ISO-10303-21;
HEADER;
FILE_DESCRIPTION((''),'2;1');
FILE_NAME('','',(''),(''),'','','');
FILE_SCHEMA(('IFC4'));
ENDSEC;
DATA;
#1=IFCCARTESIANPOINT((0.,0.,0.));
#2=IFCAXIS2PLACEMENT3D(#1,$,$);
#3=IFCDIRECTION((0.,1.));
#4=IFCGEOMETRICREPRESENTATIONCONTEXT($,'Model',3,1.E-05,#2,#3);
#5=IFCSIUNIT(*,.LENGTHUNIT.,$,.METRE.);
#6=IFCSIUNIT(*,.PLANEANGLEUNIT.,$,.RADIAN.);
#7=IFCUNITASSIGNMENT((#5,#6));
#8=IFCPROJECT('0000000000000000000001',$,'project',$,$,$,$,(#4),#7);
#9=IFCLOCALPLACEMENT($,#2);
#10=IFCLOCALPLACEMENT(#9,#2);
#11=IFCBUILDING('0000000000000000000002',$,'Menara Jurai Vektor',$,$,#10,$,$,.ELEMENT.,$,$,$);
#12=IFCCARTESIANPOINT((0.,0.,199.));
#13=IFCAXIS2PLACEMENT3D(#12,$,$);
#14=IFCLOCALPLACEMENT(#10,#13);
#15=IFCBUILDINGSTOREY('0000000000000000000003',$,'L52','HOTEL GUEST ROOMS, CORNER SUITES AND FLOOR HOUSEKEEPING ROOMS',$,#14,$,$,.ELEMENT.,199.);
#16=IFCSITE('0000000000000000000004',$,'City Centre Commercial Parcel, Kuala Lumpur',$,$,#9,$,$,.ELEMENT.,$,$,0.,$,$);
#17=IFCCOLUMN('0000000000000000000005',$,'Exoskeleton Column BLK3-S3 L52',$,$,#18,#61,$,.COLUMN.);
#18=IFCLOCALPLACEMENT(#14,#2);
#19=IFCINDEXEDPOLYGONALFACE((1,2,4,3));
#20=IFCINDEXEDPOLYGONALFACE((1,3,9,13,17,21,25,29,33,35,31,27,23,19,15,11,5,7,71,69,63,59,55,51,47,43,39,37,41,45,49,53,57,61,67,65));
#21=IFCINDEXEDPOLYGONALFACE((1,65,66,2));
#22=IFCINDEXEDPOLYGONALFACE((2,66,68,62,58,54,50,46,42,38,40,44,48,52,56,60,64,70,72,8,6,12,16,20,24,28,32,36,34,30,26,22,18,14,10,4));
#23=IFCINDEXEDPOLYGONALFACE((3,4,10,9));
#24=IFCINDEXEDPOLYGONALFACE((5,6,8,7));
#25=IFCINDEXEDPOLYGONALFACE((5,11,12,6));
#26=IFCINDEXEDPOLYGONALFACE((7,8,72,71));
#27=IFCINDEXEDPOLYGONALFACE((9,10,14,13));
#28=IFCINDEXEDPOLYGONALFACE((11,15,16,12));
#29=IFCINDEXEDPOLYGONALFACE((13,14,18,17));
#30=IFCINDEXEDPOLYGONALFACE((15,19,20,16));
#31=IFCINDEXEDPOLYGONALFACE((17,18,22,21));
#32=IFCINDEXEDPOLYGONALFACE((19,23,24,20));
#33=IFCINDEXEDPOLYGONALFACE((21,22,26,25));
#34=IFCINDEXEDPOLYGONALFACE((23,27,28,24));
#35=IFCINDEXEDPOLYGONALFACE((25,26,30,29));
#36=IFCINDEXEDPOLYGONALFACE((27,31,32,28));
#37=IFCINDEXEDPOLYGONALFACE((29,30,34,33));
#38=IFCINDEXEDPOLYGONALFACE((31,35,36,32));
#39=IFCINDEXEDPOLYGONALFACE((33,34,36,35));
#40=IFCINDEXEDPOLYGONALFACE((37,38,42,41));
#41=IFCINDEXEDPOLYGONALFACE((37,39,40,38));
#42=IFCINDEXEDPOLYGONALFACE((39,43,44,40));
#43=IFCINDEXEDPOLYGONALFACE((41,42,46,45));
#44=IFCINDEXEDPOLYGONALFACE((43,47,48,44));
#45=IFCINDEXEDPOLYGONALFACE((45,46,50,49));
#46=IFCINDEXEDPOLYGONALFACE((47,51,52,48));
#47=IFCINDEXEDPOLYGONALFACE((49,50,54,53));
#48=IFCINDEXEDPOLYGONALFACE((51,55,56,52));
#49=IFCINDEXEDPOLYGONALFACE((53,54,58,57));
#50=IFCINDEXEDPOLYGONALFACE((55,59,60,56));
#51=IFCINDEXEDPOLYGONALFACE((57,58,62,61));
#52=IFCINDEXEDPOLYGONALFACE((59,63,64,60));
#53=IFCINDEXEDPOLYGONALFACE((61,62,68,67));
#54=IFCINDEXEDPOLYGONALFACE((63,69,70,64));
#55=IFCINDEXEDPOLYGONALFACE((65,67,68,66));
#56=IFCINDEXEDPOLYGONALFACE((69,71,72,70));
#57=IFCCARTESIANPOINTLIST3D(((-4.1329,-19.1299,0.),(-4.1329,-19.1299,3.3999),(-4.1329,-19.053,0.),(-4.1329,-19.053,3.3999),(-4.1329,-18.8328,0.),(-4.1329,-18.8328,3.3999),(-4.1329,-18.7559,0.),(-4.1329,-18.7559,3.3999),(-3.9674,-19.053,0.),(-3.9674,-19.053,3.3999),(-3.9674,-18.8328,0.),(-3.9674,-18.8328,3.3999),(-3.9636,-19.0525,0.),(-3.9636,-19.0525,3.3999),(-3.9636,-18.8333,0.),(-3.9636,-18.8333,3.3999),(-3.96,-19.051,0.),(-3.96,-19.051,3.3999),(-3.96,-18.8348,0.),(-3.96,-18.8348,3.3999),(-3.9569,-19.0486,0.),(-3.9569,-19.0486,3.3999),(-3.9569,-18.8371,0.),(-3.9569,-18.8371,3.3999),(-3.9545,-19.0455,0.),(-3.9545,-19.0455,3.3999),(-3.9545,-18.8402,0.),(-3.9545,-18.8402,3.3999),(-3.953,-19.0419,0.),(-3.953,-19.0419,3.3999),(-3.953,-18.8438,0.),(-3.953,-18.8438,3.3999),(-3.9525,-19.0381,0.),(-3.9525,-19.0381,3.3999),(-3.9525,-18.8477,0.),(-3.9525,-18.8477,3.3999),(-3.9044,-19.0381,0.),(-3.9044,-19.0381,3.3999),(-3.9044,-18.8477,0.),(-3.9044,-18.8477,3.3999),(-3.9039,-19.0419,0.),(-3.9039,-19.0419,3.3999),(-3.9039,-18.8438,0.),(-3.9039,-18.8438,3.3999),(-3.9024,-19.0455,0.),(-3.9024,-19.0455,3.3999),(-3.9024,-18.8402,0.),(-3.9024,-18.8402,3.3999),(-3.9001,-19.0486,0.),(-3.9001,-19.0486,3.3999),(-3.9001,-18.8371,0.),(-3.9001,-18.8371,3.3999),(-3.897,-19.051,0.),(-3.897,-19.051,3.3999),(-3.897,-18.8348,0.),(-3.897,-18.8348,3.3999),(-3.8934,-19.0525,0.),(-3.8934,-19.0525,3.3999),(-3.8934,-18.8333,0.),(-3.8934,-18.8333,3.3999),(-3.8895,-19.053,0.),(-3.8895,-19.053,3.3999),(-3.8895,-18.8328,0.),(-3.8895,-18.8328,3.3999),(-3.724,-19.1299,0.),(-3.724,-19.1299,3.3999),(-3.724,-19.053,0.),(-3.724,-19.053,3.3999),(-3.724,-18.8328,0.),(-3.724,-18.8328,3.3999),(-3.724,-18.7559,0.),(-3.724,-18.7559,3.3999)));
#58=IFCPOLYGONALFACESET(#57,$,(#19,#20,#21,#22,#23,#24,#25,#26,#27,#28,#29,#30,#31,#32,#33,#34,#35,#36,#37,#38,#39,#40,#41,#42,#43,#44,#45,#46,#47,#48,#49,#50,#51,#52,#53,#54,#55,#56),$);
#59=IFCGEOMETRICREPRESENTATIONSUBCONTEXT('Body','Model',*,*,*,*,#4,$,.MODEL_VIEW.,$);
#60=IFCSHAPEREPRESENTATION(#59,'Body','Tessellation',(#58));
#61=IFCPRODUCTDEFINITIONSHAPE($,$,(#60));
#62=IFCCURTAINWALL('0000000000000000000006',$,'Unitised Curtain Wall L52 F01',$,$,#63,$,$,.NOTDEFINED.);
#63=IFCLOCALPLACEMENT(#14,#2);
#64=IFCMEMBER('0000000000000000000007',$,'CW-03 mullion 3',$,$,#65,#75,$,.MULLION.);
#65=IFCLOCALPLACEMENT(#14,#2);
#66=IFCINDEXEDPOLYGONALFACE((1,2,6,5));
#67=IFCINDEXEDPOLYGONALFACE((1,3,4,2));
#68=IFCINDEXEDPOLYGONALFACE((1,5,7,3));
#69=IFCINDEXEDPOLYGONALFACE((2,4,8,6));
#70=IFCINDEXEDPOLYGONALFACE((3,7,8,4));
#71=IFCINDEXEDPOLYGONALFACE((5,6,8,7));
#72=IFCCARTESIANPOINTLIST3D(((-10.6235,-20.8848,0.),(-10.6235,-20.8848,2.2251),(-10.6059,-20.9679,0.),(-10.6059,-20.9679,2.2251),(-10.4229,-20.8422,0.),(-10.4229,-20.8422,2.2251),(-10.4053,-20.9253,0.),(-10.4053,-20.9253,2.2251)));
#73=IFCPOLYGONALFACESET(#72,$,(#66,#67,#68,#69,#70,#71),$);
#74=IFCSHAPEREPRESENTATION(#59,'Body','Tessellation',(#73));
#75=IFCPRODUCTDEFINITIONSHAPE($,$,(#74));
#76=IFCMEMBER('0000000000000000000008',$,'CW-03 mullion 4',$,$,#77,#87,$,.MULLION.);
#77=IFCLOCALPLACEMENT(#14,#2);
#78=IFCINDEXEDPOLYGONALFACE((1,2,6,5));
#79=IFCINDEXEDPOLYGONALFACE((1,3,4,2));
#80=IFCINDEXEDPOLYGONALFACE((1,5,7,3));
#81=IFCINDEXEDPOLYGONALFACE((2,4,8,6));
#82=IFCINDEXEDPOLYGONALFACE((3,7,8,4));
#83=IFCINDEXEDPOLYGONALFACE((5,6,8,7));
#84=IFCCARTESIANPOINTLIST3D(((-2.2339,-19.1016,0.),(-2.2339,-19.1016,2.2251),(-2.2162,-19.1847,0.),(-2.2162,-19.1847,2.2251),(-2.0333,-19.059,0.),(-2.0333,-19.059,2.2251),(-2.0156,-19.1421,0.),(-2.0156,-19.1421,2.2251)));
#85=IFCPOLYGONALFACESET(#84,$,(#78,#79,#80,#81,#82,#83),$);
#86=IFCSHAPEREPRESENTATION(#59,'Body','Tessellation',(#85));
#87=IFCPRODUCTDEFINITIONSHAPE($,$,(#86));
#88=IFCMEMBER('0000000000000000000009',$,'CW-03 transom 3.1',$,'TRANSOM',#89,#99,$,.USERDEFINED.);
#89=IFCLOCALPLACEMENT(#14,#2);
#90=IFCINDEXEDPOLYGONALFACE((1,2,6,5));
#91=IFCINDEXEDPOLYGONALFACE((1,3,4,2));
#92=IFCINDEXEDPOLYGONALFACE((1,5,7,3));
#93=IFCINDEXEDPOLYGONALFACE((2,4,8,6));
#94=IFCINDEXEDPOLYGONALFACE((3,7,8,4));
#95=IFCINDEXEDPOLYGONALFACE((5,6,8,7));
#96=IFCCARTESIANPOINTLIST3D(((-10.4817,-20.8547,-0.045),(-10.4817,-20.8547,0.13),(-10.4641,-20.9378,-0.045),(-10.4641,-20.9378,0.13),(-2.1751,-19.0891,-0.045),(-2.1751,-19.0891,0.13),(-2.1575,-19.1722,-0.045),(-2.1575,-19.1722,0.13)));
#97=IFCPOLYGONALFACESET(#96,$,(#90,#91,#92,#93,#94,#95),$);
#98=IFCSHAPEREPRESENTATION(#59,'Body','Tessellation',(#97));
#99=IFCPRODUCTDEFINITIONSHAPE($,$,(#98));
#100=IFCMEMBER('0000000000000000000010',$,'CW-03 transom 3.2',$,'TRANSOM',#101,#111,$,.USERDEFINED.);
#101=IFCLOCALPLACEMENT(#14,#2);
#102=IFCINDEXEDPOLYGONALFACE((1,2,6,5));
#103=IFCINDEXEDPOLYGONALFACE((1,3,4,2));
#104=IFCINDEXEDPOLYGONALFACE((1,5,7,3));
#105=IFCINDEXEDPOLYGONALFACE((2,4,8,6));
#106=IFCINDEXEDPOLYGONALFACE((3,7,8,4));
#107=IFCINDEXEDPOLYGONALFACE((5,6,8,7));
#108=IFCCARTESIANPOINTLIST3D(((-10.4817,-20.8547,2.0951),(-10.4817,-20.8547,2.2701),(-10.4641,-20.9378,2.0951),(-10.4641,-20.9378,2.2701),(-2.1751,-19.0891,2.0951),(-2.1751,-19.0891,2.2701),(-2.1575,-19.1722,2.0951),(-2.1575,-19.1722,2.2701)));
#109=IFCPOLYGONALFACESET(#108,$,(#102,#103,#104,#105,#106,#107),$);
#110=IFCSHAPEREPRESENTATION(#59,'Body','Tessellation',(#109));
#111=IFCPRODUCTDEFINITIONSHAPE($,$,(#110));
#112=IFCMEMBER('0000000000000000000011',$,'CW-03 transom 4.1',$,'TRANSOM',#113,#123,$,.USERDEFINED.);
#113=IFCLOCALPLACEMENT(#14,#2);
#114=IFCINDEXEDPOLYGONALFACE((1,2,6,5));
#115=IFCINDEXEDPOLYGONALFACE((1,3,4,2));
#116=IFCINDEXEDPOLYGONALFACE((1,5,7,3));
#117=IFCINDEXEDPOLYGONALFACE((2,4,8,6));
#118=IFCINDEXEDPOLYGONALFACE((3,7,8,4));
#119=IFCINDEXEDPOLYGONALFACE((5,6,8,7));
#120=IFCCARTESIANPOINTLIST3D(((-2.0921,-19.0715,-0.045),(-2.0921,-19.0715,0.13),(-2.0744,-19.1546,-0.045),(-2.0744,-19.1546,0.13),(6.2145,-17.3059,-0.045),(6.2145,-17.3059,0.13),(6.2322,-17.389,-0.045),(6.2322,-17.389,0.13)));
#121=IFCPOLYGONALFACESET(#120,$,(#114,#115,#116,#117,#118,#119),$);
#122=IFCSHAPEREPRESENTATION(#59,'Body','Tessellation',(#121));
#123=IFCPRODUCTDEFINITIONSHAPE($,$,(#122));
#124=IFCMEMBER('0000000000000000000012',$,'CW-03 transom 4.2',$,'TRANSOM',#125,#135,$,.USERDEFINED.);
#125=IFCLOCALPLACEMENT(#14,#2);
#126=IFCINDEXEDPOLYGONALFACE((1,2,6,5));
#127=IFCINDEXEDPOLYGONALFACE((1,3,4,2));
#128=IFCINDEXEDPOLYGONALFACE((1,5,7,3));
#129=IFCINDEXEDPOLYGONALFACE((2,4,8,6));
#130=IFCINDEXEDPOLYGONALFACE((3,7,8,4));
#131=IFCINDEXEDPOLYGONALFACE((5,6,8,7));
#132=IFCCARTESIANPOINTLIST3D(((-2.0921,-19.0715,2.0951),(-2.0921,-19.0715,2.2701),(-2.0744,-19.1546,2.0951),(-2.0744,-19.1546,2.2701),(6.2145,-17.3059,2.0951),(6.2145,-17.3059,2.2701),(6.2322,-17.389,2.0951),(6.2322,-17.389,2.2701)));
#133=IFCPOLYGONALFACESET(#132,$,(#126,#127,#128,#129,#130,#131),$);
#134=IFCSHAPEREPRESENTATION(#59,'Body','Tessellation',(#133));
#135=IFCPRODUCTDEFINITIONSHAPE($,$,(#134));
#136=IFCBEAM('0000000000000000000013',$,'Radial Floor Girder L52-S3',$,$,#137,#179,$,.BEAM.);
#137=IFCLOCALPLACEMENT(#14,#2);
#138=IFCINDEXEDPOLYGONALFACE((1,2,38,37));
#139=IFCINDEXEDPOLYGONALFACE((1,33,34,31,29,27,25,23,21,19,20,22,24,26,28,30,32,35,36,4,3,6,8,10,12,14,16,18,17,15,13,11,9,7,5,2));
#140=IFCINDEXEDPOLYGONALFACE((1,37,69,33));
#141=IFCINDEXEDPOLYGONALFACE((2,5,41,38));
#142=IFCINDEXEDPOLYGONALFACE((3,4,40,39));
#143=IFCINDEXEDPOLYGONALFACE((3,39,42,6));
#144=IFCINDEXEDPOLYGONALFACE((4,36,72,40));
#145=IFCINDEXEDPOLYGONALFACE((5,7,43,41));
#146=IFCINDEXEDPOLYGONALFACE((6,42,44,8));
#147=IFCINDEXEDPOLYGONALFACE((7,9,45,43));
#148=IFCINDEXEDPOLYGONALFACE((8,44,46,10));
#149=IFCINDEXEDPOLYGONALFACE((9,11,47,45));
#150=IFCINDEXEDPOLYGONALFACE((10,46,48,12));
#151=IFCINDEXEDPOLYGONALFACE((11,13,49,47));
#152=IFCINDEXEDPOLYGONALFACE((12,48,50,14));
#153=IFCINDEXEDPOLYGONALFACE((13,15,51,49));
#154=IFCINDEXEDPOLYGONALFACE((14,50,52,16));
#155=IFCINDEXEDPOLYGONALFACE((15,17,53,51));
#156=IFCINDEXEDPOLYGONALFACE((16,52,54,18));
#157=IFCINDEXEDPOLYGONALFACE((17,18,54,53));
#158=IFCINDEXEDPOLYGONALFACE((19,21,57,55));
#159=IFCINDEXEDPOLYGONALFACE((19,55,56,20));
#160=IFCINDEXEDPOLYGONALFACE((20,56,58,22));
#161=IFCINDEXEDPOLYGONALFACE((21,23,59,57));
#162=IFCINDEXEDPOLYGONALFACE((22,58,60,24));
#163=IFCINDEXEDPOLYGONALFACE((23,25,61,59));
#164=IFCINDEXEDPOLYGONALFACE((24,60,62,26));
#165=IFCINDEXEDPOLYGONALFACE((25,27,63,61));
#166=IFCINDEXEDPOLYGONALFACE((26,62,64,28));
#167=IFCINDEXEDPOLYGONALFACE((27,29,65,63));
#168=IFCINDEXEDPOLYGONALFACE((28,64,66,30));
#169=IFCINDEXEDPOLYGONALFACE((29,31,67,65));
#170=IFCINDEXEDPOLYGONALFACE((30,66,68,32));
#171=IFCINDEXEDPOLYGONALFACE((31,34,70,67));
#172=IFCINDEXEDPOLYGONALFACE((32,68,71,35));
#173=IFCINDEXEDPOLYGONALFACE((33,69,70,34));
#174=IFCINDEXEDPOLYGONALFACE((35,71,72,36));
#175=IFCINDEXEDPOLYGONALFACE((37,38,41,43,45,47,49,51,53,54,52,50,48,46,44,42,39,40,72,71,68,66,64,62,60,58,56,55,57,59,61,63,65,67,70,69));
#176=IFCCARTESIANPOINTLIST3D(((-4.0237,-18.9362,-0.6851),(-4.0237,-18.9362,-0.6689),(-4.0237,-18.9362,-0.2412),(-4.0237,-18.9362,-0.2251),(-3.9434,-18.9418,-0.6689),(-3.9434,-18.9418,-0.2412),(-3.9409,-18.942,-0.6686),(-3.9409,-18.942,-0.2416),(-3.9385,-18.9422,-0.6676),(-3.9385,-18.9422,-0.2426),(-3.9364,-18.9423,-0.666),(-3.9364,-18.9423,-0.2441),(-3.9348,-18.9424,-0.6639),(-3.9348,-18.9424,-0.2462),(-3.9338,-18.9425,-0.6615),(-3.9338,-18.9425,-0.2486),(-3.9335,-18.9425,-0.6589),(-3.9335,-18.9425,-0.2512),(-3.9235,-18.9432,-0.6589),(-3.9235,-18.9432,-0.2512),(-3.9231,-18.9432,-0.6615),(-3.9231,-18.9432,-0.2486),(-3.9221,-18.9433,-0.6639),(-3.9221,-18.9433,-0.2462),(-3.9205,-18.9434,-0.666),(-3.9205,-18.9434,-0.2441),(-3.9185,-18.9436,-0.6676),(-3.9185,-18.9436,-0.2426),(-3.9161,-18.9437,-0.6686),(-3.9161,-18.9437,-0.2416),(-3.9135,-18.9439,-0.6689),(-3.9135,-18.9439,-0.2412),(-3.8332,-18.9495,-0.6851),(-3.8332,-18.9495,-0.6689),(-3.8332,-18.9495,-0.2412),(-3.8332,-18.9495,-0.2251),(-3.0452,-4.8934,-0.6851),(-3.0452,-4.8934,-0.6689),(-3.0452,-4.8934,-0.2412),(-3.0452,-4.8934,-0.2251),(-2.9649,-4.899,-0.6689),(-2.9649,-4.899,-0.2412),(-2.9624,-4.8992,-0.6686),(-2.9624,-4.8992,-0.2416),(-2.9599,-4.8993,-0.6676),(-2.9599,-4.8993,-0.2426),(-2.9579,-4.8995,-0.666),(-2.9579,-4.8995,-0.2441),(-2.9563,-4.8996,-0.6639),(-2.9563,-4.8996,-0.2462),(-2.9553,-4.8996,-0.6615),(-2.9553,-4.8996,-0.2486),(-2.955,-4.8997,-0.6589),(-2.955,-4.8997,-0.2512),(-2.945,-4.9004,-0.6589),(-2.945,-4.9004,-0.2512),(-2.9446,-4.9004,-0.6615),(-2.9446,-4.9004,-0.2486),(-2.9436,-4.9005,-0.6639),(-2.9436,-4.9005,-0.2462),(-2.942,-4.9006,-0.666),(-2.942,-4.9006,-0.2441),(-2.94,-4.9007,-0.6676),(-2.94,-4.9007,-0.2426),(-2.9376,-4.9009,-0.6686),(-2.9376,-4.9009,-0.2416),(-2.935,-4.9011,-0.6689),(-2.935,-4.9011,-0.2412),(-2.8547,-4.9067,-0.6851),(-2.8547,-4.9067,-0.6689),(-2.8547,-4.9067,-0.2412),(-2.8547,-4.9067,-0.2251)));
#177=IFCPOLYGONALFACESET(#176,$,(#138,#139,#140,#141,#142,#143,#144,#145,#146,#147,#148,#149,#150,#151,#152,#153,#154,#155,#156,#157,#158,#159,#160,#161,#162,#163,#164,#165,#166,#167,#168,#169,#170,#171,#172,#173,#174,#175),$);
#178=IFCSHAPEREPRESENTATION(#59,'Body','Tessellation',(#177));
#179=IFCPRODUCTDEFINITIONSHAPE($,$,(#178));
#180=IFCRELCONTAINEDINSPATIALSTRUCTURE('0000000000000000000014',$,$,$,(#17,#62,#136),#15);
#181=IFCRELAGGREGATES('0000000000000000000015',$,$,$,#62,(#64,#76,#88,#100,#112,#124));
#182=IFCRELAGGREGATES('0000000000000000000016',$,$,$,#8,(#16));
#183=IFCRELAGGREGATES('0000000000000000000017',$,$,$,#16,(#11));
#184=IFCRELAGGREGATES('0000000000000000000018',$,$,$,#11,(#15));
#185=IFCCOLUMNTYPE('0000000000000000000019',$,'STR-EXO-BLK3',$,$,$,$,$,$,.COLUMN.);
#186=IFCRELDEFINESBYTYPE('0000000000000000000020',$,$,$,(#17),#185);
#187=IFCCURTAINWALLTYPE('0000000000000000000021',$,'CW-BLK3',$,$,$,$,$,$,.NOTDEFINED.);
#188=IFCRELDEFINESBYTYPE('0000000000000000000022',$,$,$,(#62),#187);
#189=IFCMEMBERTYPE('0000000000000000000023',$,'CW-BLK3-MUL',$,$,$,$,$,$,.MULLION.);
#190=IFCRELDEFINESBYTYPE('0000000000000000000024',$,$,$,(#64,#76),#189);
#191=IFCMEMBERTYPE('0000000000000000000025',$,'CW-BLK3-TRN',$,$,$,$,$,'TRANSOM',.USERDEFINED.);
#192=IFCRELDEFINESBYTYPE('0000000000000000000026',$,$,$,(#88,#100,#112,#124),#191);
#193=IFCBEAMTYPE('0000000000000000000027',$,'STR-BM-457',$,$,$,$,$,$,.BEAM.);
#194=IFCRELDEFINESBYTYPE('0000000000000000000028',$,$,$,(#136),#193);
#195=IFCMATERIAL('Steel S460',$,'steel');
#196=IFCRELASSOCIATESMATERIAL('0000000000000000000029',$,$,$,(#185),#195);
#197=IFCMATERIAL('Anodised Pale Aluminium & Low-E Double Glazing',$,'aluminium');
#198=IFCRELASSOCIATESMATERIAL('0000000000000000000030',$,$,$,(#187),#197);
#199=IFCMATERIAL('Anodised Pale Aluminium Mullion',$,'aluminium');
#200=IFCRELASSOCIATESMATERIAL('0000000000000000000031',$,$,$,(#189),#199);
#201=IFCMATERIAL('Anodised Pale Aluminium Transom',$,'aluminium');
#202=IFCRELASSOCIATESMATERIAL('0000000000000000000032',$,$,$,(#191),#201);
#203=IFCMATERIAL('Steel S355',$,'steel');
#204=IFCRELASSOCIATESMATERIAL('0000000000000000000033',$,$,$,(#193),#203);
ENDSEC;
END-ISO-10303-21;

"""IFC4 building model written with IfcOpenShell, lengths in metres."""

from ifc_helpers import new_model, si_unit, direction, frame, origin, origin_2d, place, context, subcontext, project, spatial, rectangle, i_section, extrude, material, material_profile, profile_set, type_object, element, aggregate, save


model = new_model("IFC4")

# Units and contexts
model_context = context("Model", 3, precision=1e-05, world=origin(), true_north=direction((0.0, 1.0)))
body_context = subcontext(model_context, "Body", "Model", "MODEL_VIEW")
ifc_project = project(units=[si_unit("LENGTHUNIT", "METRE"), si_unit("PLANEANGLEUNIT", "RADIAN")], contexts=[model_context])

# Site, building, storey
site_placement = place(None, origin())
site = spatial("IfcSite", under=ifc_project, at=site_placement, Name="City Centre Commercial Parcel, Kuala Lumpur", CompositionType="ELEMENT", RefElevation=0.0)
building_placement = place(site_placement, origin())
building = spatial("IfcBuilding", under=site, at=building_placement, Name="Menara Jurai Vektor", CompositionType="ELEMENT")
storey_placement = place(building_placement, frame((0.0, 0.0, 199.0)))
storey = spatial("IfcBuildingStorey", under=building, at=storey_placement, Name="L52", Description="HOTEL GUEST ROOMS, CORNER SUITES AND FLOOR HOUSEKEEPING ROOMS", CompositionType="ELEMENT", Elevation=199.0)

# Column
ifc_material_1 = material(Name="Steel S460", Category="steel")
ifc_material_profile_1 = material_profile(ifc_material_1, i_section(OverallWidth=0.4089, OverallDepth=0.374, WebThickness=0.0481, FlangeThickness=0.0769, FilletRadius=0.0149, at=origin_2d()), Name="HD 400x634")
ifc_profile_set_1 = profile_set([ifc_material_profile_1], Name="Steel S460")
column_type = type_object("IfcColumnType", Name="STR-EXO-BLK3", PredefinedType="COLUMN", material=ifc_profile_set_1)
column_placement = place(storey_placement, frame((-3.9285, -18.9429, 0.0), z_axis=(0.0, 0.0, 1.0), x_axis=(1.0, 0.0, 0.0)))
element("IfcColumn", 1, at=column_placement, inside=storey, type_object=column_type, Name="Exoskeleton Column BLK3-S3 L52", PredefinedType="COLUMN", context=body_context, shape_type="SweptSolid", body=[
    extrude(i_section(OverallWidth=0.4089, OverallDepth=0.374, WebThickness=0.0481, FlangeThickness=0.0769, FilletRadius=0.0149, at=origin_2d()), origin(), (0.0, 0.0, 1.0), 3.3999),
])

# Curtain wall, members
ifc_material_2 = material(Name="Anodised Pale Aluminium & Low-E Double Glazing", Category="aluminium")
curtain_wall_type = type_object("IfcCurtainWallType", Name="CW-BLK3", PredefinedType="NOTDEFINED", material=ifc_material_2)
curtain_wall_placement = place(storey_placement, origin())
curtain_wall = element("IfcCurtainWall", 2, at=curtain_wall_placement, inside=storey, type_object=curtain_wall_type, Name="Unitised Curtain Wall L52 F01", PredefinedType="NOTDEFINED")
ifc_material_3 = material(Name="Anodised Pale Aluminium Mullion", Category="aluminium")
ifc_material_profile_2 = material_profile(ifc_material_3, rectangle(XDim=0.085, YDim=0.2051, at=origin_2d()), Name="ALU MUL 85x205")
ifc_profile_set_2 = profile_set([ifc_material_profile_2], Name="Anodised Pale Aluminium Mullion")
member_type_1 = type_object("IfcMemberType", Name="CW-BLK3-MUL", PredefinedType="MULLION", material=ifc_profile_set_2)
member_1_placement = place(storey_placement, frame((-10.5144, -20.905, 0.0), z_axis=(0.0, 0.0, 1.0), x_axis=(-0.207911, 0.978148, 0.0)))
member_1 = element("IfcMember", 3, at=member_1_placement, type_object=member_type_1, Name="CW-03 mullion 3", PredefinedType="MULLION", context=body_context, shape_type="SweptSolid", body=[
    extrude(rectangle(XDim=0.085, YDim=0.2051, at=origin_2d()), origin(), (0.0, 0.0, 1.0), 2.2251),
])
member_2_placement = place(storey_placement, frame((-2.1248, -19.1218, 0.0), z_axis=(0.0, 0.0, 1.0), x_axis=(-0.207911, 0.978148, 0.0)))
member_2 = element("IfcMember", 4, at=member_2_placement, type_object=member_type_1, Name="CW-03 mullion 4", PredefinedType="MULLION", context=body_context, shape_type="SweptSolid", body=[
    extrude(rectangle(XDim=0.085, YDim=0.2051, at=origin_2d()), origin(), (0.0, 0.0, 1.0), 2.2251),
])
ifc_material_4 = material(Name="Anodised Pale Aluminium Transom", Category="aluminium")
ifc_material_profile_3 = material_profile(ifc_material_4, rectangle(XDim=0.085, YDim=0.175, at=origin_2d()), Name="ALU TRN 85x175")
ifc_profile_set_3 = profile_set([ifc_material_profile_3], Name="Anodised Pale Aluminium Transom")
member_type_2 = type_object("IfcMemberType", Name="CW-BLK3-TRN", ElementType="TRANSOM", PredefinedType="USERDEFINED", material=ifc_profile_set_3)
member_3_placement = place(storey_placement, frame((-10.4729, -20.8962, 0.0425), z_axis=(0.978148, 0.207911, 0.0), x_axis=(-0.207911, 0.978148, 0.0)))
member_3 = element("IfcMember", 5, at=member_3_placement, type_object=member_type_2, Name="CW-03 transom 3.1", ObjectType="TRANSOM", PredefinedType="USERDEFINED", context=body_context, shape_type="SweptSolid", body=[
    extrude(rectangle(XDim=0.085, YDim=0.175, at=origin_2d()), origin(), (0.0, 0.0, 1.0), 8.4922),
])
member_4_placement = place(storey_placement, frame((-10.4729, -20.8962, 2.1826), z_axis=(0.978148, 0.207911, 0.0), x_axis=(-0.207911, 0.978148, 0.0)))
member_4 = element("IfcMember", 6, at=member_4_placement, type_object=member_type_2, Name="CW-03 transom 3.2", ObjectType="TRANSOM", PredefinedType="USERDEFINED", context=body_context, shape_type="SweptSolid", body=[
    extrude(rectangle(XDim=0.085, YDim=0.175, at=origin_2d()), origin(), (0.0, 0.0, 1.0), 8.4922),
])
member_5_placement = place(storey_placement, frame((-2.0833, -19.113, 0.0425), z_axis=(0.978148, 0.207911, 0.0), x_axis=(-0.207911, 0.978148, 0.0)))
member_5 = element("IfcMember", 7, at=member_5_placement, type_object=member_type_2, Name="CW-03 transom 4.1", ObjectType="TRANSOM", PredefinedType="USERDEFINED", context=body_context, shape_type="SweptSolid", body=[
    extrude(rectangle(XDim=0.085, YDim=0.175, at=origin_2d()), origin(), (0.0, 0.0, 1.0), 8.4922),
])
member_6_placement = place(storey_placement, frame((-2.0833, -19.113, 2.1826), z_axis=(0.978148, 0.207911, 0.0), x_axis=(-0.207911, 0.978148, 0.0)))
member_6 = element("IfcMember", 8, at=member_6_placement, type_object=member_type_2, Name="CW-03 transom 4.2", ObjectType="TRANSOM", PredefinedType="USERDEFINED", context=body_context, shape_type="SweptSolid", body=[
    extrude(rectangle(XDim=0.085, YDim=0.175, at=origin_2d()), origin(), (0.0, 0.0, 1.0), 8.4922),
])

# Beam
ifc_material_5 = material(Name="Steel S355", Category="steel")
ifc_material_profile_4 = material_profile(ifc_material_5, i_section(OverallWidth=0.1909, OverallDepth=0.46, WebThickness=0.01, FlangeThickness=0.0161, FilletRadius=0.01, at=origin_2d()), Name="UKB 457x191x82")
ifc_profile_set_4 = profile_set([ifc_material_profile_4], Name="Steel S355")
beam_type_1 = type_object("IfcBeamType", Name="STR-BM-457", PredefinedType="BEAM", material=ifc_profile_set_4)
beam_1_placement = place(storey_placement, frame((-3.9285, -18.9429, -0.4551), z_axis=(0.069512, 0.997581, 0.0), x_axis=(-0.997581, 0.069512, 0.0)))
element("IfcBeam", 9, at=beam_1_placement, inside=storey, type_object=beam_type_1, Name="Radial Floor Girder L52-S3", PredefinedType="BEAM", context=body_context, shape_type="SweptSolid", body=[
    extrude(i_section(OverallWidth=0.1909, OverallDepth=0.46, WebThickness=0.01, FlangeThickness=0.0161, FilletRadius=0.01, at=origin_2d()), origin(), (0.0, 0.0, 1.0), 14.0769),
])

aggregate(curtain_wall, [member_1, member_2, member_3, member_4, member_5, member_6])

save(model, "model.ifc")
